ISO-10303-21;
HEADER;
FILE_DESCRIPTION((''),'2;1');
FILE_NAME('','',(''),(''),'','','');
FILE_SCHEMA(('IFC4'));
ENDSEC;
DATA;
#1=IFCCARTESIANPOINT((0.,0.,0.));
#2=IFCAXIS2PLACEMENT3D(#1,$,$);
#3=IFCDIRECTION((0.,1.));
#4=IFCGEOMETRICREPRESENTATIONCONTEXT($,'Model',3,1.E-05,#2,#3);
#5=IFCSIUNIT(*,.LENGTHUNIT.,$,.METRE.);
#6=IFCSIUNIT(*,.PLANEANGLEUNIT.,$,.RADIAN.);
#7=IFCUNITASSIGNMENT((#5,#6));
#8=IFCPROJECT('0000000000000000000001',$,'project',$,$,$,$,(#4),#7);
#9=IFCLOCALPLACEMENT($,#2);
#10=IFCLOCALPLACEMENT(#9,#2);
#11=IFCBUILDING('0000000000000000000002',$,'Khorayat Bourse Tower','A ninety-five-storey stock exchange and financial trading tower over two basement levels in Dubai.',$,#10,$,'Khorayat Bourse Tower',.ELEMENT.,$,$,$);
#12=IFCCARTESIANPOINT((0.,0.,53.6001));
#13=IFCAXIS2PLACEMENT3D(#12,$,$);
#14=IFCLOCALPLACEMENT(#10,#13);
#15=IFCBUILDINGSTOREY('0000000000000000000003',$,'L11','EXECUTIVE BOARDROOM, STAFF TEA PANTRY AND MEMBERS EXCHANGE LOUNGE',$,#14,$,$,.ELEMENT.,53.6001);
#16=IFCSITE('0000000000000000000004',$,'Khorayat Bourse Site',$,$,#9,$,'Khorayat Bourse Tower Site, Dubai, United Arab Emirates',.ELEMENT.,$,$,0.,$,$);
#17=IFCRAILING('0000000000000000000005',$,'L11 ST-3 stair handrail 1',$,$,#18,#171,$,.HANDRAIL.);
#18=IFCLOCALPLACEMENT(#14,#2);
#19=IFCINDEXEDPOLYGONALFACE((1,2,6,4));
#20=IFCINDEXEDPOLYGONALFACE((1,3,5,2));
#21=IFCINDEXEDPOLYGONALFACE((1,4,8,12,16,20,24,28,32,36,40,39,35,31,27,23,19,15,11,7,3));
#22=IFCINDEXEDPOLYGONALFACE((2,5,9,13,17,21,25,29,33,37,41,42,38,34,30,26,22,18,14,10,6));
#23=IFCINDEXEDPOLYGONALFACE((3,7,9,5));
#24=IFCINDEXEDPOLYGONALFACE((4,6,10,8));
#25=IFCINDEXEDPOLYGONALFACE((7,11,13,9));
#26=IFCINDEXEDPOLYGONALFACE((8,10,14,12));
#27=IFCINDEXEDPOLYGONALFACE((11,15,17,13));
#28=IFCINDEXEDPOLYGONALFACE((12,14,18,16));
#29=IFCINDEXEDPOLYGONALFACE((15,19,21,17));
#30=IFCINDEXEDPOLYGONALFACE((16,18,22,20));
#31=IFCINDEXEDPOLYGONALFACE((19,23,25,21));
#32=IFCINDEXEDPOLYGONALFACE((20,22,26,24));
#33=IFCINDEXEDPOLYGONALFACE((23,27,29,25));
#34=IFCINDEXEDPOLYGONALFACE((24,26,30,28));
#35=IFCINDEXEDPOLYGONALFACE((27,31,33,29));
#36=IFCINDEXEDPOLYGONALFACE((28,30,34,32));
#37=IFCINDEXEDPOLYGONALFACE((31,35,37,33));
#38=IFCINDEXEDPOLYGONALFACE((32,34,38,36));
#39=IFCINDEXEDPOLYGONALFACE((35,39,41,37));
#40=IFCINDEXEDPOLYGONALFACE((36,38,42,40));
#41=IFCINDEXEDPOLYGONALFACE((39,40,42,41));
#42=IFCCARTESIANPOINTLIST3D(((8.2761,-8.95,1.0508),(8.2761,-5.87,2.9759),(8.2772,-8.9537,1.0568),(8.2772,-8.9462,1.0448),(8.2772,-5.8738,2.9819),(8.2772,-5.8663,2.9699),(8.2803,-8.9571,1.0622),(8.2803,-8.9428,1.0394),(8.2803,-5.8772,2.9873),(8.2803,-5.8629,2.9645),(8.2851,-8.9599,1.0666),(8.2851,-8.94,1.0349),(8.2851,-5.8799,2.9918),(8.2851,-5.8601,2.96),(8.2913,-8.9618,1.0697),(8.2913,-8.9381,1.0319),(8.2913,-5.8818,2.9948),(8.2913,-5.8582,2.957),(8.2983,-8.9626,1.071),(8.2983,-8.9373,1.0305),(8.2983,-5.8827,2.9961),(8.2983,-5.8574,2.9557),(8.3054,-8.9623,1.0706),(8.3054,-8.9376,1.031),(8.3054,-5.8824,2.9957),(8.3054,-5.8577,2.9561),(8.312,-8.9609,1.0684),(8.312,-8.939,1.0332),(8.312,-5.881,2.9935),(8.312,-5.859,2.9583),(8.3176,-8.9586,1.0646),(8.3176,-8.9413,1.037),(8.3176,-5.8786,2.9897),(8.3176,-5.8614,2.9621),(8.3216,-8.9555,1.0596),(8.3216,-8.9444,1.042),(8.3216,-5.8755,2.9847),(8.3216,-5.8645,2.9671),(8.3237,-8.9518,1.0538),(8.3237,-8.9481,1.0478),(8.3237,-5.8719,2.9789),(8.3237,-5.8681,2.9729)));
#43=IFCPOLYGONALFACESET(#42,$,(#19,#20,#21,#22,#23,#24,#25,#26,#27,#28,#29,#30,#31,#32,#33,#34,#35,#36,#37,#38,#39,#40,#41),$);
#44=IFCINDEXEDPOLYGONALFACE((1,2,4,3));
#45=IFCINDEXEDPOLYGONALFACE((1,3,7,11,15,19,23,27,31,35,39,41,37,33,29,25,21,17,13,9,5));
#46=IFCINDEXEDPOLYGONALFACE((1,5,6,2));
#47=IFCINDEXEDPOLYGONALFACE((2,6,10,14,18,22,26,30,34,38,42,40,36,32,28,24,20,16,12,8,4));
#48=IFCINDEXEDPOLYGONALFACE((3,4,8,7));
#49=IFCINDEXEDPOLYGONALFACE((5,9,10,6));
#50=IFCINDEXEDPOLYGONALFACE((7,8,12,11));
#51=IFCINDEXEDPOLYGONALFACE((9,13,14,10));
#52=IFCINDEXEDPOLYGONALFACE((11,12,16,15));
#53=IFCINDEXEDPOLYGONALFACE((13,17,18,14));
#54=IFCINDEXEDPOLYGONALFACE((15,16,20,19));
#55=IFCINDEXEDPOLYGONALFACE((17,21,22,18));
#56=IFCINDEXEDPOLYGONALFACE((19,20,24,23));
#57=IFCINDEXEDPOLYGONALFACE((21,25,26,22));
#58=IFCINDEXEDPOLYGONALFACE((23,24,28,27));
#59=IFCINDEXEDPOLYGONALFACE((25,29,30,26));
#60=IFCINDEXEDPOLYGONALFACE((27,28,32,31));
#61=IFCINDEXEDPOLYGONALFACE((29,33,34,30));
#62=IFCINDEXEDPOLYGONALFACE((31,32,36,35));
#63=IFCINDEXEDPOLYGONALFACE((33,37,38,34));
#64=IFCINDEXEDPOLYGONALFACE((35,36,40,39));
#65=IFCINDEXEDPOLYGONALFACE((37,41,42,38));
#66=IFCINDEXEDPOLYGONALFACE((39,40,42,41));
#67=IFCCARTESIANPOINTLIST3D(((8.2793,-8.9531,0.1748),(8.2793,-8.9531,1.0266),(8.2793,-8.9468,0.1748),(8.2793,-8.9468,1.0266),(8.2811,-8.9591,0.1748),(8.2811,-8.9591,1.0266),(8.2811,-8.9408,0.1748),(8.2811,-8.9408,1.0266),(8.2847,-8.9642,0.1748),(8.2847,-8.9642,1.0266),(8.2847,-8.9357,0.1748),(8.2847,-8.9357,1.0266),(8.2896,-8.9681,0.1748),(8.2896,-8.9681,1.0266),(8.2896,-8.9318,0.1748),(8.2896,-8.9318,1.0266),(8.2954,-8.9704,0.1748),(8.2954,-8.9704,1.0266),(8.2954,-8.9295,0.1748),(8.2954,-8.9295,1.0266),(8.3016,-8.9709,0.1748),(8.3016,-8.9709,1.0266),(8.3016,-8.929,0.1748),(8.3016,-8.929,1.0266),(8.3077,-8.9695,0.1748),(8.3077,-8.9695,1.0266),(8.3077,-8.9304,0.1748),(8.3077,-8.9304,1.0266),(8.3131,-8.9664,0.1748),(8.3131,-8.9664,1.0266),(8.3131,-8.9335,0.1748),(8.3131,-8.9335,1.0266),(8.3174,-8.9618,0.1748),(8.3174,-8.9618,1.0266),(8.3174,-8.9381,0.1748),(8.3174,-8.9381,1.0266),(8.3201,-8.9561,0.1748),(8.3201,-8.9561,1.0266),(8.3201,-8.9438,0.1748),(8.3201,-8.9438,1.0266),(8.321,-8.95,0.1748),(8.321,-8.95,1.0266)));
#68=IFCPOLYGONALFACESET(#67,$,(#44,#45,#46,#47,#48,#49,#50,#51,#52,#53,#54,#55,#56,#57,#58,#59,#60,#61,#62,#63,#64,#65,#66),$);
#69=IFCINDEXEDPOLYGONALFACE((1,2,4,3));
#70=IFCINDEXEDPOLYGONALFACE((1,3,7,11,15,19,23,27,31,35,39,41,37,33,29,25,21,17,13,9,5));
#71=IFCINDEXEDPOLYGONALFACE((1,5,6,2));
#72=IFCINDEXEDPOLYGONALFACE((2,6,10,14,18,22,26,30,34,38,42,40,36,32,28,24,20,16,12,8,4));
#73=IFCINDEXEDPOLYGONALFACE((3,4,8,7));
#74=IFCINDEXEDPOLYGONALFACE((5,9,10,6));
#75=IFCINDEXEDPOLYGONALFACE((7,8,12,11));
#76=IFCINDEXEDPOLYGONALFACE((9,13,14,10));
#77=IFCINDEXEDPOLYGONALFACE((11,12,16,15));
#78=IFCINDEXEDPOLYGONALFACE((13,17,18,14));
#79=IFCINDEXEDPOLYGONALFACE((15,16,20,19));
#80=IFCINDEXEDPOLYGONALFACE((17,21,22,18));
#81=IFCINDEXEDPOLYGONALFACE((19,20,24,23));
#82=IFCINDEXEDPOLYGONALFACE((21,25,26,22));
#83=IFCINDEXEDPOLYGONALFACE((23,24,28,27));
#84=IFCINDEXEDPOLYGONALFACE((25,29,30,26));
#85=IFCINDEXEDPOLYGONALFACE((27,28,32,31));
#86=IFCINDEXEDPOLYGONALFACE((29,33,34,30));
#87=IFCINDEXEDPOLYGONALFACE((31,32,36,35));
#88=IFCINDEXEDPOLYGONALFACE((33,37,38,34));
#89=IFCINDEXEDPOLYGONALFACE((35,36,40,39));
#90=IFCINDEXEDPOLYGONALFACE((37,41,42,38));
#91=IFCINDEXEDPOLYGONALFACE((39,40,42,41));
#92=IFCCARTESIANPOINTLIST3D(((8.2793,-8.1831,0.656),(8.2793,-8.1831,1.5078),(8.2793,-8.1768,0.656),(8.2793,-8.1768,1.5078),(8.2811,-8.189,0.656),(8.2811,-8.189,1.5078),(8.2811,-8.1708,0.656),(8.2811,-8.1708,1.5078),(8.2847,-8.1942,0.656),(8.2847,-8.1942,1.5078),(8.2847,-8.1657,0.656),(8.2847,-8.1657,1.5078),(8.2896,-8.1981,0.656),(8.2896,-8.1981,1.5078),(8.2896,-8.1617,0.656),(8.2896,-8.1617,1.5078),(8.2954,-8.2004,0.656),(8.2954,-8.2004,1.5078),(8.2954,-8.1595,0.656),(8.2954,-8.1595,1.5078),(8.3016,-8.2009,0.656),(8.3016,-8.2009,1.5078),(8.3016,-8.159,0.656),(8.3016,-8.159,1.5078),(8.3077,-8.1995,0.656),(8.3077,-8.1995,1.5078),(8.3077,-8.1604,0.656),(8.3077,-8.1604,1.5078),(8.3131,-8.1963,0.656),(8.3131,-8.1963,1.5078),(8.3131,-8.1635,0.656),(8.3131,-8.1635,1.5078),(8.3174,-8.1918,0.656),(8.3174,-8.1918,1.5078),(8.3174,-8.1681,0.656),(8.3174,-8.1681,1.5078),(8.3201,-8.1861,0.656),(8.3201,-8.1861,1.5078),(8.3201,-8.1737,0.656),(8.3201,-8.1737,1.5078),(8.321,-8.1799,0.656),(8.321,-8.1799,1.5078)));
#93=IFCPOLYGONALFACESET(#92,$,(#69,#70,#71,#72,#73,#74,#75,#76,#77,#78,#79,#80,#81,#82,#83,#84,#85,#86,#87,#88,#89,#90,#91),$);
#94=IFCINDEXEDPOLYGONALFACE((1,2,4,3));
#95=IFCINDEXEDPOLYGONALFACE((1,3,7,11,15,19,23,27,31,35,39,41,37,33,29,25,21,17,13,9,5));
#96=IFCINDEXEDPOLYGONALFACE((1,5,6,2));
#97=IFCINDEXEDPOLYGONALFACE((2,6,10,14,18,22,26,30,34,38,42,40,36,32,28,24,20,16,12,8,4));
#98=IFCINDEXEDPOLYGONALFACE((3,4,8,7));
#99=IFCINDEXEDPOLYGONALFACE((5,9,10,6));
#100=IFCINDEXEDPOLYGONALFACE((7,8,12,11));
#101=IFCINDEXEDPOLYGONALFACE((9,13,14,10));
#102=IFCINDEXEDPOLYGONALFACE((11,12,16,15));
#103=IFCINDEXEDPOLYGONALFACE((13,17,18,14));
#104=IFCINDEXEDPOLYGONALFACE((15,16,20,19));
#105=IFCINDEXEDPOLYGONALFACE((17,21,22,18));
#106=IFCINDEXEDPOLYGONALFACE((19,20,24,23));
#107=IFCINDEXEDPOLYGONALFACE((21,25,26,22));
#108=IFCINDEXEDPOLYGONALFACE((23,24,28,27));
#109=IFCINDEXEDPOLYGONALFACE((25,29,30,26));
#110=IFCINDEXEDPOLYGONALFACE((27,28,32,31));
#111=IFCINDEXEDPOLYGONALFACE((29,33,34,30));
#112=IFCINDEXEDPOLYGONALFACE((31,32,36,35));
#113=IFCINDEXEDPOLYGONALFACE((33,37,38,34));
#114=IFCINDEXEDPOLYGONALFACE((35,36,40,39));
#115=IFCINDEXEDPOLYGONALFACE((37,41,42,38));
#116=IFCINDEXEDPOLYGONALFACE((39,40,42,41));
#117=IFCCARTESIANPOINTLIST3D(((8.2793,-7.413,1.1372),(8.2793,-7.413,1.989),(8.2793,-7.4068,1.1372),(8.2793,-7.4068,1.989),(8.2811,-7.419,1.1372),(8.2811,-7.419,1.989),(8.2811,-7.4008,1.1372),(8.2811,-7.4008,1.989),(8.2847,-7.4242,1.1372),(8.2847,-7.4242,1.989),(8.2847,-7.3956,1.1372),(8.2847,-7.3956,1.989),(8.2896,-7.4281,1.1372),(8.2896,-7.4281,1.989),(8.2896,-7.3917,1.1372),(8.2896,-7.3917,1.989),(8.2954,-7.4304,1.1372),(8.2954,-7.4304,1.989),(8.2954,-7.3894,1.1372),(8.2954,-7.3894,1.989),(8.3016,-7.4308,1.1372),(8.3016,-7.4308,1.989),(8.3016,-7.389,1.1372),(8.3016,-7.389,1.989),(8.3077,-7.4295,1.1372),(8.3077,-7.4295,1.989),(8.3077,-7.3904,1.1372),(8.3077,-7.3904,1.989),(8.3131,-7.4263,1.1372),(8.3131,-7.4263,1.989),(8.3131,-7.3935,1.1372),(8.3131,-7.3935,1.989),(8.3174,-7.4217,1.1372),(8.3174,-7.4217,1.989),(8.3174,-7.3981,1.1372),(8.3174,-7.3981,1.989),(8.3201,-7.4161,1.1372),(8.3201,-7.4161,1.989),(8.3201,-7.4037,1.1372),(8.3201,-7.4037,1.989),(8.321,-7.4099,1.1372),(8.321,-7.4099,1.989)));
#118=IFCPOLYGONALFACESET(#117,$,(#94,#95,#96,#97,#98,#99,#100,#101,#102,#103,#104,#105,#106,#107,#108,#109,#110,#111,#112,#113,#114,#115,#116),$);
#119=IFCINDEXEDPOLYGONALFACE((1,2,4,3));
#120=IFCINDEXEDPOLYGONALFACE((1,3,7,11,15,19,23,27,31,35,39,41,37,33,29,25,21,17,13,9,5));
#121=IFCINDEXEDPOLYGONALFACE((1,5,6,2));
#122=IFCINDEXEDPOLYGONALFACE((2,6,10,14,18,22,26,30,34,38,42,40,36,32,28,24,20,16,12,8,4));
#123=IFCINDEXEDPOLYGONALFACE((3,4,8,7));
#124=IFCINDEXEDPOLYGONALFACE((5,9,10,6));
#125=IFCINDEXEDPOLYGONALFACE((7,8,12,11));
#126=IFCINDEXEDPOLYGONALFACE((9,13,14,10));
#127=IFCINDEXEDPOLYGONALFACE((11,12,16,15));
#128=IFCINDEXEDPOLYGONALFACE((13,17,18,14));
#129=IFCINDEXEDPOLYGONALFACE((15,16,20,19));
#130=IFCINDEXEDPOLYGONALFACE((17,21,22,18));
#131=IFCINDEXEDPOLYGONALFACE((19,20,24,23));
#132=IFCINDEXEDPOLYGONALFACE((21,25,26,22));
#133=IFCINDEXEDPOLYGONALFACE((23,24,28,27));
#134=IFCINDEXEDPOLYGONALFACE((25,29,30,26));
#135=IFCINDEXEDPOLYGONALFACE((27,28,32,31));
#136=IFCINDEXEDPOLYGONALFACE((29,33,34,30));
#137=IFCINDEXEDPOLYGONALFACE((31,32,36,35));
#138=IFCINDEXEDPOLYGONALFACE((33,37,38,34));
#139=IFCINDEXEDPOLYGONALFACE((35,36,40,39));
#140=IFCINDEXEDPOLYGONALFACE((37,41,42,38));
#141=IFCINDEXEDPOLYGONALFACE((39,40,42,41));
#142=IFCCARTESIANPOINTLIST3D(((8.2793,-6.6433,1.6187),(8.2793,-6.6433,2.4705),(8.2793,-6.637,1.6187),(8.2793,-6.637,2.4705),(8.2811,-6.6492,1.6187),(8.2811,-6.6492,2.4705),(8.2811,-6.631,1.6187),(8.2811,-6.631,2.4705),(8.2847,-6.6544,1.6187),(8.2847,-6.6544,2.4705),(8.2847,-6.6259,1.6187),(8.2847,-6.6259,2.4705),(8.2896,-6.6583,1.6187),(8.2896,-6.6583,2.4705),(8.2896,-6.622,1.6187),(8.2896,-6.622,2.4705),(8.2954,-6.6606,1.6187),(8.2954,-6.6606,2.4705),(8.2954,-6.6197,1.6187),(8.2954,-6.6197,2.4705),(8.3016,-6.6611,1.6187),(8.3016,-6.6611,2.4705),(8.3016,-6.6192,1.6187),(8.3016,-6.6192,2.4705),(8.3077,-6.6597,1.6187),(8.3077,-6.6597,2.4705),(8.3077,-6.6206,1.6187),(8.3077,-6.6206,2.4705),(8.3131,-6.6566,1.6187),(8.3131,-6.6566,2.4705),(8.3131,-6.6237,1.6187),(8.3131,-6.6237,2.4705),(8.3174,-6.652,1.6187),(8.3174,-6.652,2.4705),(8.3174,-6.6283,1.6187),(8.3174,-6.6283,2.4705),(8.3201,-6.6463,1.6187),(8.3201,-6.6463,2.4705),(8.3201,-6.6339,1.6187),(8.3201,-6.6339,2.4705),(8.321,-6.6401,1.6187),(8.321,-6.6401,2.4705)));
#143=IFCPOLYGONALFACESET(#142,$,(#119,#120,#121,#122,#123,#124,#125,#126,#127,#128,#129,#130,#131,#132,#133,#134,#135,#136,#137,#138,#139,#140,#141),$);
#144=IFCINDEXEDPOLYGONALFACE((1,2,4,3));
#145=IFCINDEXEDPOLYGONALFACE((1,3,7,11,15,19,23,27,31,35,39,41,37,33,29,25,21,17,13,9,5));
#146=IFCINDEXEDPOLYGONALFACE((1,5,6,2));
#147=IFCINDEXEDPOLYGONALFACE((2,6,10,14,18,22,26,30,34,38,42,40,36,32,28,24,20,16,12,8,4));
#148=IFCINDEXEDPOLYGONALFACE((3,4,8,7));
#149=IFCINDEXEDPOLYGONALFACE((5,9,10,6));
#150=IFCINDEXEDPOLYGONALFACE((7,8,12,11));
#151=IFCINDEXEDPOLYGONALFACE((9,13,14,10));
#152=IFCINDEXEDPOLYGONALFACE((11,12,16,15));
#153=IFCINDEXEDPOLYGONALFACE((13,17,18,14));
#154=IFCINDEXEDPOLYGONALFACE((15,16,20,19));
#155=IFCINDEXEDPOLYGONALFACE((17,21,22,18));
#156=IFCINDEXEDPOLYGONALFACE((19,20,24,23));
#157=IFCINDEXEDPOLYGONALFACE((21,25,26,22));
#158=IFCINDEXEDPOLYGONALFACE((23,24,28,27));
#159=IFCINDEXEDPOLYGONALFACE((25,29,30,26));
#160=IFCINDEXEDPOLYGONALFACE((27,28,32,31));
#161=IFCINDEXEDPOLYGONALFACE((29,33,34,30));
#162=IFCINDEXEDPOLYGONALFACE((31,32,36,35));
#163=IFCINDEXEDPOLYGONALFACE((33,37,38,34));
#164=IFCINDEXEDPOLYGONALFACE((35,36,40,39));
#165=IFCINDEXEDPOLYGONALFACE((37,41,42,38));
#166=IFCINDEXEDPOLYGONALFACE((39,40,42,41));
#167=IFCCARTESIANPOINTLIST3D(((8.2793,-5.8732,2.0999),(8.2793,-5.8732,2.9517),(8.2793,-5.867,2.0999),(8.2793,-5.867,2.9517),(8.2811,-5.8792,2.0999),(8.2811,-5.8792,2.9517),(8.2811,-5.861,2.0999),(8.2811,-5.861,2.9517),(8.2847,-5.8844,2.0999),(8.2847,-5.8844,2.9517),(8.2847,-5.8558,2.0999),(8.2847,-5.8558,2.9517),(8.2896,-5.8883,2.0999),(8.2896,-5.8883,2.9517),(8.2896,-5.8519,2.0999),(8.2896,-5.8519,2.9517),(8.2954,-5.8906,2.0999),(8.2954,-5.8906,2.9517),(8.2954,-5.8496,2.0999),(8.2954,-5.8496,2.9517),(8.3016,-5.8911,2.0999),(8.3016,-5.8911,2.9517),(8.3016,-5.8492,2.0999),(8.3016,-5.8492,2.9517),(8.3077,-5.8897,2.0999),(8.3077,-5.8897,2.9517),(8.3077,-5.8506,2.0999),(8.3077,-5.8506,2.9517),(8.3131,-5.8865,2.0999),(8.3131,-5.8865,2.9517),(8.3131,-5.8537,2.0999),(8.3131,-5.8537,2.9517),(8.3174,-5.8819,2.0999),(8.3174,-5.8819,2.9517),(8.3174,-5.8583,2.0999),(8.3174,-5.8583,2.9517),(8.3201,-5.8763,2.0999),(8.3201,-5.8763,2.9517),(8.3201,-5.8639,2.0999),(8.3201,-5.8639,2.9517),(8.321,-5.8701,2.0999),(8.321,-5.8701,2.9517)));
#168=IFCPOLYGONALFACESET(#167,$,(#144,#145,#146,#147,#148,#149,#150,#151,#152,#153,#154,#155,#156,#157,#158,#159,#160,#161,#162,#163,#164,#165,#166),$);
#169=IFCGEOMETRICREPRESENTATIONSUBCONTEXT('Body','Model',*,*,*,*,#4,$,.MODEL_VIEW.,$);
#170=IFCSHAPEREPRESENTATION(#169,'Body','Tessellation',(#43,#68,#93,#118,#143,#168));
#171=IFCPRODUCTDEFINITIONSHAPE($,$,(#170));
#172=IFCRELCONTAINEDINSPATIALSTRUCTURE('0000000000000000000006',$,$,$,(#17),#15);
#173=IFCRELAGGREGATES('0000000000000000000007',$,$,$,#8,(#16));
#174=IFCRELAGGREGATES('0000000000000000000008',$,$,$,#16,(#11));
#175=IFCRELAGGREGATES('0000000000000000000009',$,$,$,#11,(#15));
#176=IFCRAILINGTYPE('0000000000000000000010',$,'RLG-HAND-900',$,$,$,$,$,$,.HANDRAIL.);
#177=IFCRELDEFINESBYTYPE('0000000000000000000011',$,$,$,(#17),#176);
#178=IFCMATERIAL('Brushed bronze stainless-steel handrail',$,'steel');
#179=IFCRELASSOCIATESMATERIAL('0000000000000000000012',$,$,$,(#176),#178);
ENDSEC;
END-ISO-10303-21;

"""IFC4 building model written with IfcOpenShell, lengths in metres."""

from ifc_helpers import new_model, si_unit, direction, frame, origin, origin_2d, place, context, subcontext, project, spatial, circle, extrude, source, transform, mapped, material, type_object, element, save


model = new_model("IFC4")

# Units and contexts
model_context = context("Model", 3, precision=1e-05, world=origin(), true_north=direction((0.0, 1.0)))
body_context = subcontext(model_context, "Body", "Model", "MODEL_VIEW")
ifc_project = project(units=[si_unit("LENGTHUNIT", "METRE"), si_unit("PLANEANGLEUNIT", "RADIAN")], contexts=[model_context])

# Site, building, storey
site_placement = place(None, origin())
site = spatial("IfcSite", under=ifc_project, at=site_placement, Name="Khorayat Bourse Site", LongName="Khorayat Bourse Tower Site, Dubai, United Arab Emirates", CompositionType="ELEMENT", RefElevation=0.0)
building_placement = place(site_placement, origin())
building = spatial("IfcBuilding", under=site, at=building_placement, Name="Khorayat Bourse Tower", Description="A ninety-five-storey stock exchange and financial trading tower over two basement levels in Dubai.", LongName="Khorayat Bourse Tower", CompositionType="ELEMENT")
storey_placement = place(building_placement, frame((0.0, 0.0, 53.6001)))
storey = spatial("IfcBuildingStorey", under=building, at=storey_placement, Name="L11", Description="EXECUTIVE BOARDROOM, STAFF TEA PANTRY AND MEMBERS EXCHANGE LOUNGE", CompositionType="ELEMENT", Elevation=53.6001)

# Railing
ifc_material_1 = material(Name="Brushed bronze stainless-steel handrail", Category="steel")
railing_type_1 = type_object("IfcRailingType", Name="RLG-HAND-900", PredefinedType="HANDRAIL", material=ifc_material_1)
shared_shape_1 = source(origin(), body_context, "Body", "SweptSolid", [
    extrude(circle(Radius=0.0239, at=origin_2d()), frame((0.0, 0.0, 0.876), z_axis=(0.0, 0.847979, 0.530029), x_axis=(-1.0, 0.0, 0.0)), (0.0, 0.0, 1.0), 3.6321),
    extrude(circle(Radius=0.021, at=origin_2d()), origin(), (0.0, 0.0, 1.0), 0.8518),
    extrude(circle(Radius=0.021, at=origin_2d()), frame((0.0, 0.77, 0.4812)), (0.0, 0.0, 1.0), 0.8518),
    extrude(circle(Radius=0.021, at=origin_2d()), frame((0.0, 1.54, 0.9624)), (0.0, 0.0, 1.0), 0.8518),
    extrude(circle(Radius=0.021, at=origin_2d()), frame((0.0, 2.3098, 1.4438)), (0.0, 0.0, 1.0), 0.8518),
    extrude(circle(Radius=0.021, at=origin_2d()), frame((0.0, 3.0798, 1.925)), (0.0, 0.0, 1.0), 0.8518),
])
railing_1_placement = place(storey_placement, frame((8.3, -8.95, 0.1748)))
element("IfcRailing", 1, at=railing_1_placement, inside=storey, type_object=railing_type_1, Name="L11 ST-3 stair handrail 1", PredefinedType="HANDRAIL", context=body_context, shape_type="MappedRepresentation", body=[
    mapped(shared_shape_1, transform((0.0, 0.0, 0.0), scale=1.0)),
])

save(model, "model.ifc")
